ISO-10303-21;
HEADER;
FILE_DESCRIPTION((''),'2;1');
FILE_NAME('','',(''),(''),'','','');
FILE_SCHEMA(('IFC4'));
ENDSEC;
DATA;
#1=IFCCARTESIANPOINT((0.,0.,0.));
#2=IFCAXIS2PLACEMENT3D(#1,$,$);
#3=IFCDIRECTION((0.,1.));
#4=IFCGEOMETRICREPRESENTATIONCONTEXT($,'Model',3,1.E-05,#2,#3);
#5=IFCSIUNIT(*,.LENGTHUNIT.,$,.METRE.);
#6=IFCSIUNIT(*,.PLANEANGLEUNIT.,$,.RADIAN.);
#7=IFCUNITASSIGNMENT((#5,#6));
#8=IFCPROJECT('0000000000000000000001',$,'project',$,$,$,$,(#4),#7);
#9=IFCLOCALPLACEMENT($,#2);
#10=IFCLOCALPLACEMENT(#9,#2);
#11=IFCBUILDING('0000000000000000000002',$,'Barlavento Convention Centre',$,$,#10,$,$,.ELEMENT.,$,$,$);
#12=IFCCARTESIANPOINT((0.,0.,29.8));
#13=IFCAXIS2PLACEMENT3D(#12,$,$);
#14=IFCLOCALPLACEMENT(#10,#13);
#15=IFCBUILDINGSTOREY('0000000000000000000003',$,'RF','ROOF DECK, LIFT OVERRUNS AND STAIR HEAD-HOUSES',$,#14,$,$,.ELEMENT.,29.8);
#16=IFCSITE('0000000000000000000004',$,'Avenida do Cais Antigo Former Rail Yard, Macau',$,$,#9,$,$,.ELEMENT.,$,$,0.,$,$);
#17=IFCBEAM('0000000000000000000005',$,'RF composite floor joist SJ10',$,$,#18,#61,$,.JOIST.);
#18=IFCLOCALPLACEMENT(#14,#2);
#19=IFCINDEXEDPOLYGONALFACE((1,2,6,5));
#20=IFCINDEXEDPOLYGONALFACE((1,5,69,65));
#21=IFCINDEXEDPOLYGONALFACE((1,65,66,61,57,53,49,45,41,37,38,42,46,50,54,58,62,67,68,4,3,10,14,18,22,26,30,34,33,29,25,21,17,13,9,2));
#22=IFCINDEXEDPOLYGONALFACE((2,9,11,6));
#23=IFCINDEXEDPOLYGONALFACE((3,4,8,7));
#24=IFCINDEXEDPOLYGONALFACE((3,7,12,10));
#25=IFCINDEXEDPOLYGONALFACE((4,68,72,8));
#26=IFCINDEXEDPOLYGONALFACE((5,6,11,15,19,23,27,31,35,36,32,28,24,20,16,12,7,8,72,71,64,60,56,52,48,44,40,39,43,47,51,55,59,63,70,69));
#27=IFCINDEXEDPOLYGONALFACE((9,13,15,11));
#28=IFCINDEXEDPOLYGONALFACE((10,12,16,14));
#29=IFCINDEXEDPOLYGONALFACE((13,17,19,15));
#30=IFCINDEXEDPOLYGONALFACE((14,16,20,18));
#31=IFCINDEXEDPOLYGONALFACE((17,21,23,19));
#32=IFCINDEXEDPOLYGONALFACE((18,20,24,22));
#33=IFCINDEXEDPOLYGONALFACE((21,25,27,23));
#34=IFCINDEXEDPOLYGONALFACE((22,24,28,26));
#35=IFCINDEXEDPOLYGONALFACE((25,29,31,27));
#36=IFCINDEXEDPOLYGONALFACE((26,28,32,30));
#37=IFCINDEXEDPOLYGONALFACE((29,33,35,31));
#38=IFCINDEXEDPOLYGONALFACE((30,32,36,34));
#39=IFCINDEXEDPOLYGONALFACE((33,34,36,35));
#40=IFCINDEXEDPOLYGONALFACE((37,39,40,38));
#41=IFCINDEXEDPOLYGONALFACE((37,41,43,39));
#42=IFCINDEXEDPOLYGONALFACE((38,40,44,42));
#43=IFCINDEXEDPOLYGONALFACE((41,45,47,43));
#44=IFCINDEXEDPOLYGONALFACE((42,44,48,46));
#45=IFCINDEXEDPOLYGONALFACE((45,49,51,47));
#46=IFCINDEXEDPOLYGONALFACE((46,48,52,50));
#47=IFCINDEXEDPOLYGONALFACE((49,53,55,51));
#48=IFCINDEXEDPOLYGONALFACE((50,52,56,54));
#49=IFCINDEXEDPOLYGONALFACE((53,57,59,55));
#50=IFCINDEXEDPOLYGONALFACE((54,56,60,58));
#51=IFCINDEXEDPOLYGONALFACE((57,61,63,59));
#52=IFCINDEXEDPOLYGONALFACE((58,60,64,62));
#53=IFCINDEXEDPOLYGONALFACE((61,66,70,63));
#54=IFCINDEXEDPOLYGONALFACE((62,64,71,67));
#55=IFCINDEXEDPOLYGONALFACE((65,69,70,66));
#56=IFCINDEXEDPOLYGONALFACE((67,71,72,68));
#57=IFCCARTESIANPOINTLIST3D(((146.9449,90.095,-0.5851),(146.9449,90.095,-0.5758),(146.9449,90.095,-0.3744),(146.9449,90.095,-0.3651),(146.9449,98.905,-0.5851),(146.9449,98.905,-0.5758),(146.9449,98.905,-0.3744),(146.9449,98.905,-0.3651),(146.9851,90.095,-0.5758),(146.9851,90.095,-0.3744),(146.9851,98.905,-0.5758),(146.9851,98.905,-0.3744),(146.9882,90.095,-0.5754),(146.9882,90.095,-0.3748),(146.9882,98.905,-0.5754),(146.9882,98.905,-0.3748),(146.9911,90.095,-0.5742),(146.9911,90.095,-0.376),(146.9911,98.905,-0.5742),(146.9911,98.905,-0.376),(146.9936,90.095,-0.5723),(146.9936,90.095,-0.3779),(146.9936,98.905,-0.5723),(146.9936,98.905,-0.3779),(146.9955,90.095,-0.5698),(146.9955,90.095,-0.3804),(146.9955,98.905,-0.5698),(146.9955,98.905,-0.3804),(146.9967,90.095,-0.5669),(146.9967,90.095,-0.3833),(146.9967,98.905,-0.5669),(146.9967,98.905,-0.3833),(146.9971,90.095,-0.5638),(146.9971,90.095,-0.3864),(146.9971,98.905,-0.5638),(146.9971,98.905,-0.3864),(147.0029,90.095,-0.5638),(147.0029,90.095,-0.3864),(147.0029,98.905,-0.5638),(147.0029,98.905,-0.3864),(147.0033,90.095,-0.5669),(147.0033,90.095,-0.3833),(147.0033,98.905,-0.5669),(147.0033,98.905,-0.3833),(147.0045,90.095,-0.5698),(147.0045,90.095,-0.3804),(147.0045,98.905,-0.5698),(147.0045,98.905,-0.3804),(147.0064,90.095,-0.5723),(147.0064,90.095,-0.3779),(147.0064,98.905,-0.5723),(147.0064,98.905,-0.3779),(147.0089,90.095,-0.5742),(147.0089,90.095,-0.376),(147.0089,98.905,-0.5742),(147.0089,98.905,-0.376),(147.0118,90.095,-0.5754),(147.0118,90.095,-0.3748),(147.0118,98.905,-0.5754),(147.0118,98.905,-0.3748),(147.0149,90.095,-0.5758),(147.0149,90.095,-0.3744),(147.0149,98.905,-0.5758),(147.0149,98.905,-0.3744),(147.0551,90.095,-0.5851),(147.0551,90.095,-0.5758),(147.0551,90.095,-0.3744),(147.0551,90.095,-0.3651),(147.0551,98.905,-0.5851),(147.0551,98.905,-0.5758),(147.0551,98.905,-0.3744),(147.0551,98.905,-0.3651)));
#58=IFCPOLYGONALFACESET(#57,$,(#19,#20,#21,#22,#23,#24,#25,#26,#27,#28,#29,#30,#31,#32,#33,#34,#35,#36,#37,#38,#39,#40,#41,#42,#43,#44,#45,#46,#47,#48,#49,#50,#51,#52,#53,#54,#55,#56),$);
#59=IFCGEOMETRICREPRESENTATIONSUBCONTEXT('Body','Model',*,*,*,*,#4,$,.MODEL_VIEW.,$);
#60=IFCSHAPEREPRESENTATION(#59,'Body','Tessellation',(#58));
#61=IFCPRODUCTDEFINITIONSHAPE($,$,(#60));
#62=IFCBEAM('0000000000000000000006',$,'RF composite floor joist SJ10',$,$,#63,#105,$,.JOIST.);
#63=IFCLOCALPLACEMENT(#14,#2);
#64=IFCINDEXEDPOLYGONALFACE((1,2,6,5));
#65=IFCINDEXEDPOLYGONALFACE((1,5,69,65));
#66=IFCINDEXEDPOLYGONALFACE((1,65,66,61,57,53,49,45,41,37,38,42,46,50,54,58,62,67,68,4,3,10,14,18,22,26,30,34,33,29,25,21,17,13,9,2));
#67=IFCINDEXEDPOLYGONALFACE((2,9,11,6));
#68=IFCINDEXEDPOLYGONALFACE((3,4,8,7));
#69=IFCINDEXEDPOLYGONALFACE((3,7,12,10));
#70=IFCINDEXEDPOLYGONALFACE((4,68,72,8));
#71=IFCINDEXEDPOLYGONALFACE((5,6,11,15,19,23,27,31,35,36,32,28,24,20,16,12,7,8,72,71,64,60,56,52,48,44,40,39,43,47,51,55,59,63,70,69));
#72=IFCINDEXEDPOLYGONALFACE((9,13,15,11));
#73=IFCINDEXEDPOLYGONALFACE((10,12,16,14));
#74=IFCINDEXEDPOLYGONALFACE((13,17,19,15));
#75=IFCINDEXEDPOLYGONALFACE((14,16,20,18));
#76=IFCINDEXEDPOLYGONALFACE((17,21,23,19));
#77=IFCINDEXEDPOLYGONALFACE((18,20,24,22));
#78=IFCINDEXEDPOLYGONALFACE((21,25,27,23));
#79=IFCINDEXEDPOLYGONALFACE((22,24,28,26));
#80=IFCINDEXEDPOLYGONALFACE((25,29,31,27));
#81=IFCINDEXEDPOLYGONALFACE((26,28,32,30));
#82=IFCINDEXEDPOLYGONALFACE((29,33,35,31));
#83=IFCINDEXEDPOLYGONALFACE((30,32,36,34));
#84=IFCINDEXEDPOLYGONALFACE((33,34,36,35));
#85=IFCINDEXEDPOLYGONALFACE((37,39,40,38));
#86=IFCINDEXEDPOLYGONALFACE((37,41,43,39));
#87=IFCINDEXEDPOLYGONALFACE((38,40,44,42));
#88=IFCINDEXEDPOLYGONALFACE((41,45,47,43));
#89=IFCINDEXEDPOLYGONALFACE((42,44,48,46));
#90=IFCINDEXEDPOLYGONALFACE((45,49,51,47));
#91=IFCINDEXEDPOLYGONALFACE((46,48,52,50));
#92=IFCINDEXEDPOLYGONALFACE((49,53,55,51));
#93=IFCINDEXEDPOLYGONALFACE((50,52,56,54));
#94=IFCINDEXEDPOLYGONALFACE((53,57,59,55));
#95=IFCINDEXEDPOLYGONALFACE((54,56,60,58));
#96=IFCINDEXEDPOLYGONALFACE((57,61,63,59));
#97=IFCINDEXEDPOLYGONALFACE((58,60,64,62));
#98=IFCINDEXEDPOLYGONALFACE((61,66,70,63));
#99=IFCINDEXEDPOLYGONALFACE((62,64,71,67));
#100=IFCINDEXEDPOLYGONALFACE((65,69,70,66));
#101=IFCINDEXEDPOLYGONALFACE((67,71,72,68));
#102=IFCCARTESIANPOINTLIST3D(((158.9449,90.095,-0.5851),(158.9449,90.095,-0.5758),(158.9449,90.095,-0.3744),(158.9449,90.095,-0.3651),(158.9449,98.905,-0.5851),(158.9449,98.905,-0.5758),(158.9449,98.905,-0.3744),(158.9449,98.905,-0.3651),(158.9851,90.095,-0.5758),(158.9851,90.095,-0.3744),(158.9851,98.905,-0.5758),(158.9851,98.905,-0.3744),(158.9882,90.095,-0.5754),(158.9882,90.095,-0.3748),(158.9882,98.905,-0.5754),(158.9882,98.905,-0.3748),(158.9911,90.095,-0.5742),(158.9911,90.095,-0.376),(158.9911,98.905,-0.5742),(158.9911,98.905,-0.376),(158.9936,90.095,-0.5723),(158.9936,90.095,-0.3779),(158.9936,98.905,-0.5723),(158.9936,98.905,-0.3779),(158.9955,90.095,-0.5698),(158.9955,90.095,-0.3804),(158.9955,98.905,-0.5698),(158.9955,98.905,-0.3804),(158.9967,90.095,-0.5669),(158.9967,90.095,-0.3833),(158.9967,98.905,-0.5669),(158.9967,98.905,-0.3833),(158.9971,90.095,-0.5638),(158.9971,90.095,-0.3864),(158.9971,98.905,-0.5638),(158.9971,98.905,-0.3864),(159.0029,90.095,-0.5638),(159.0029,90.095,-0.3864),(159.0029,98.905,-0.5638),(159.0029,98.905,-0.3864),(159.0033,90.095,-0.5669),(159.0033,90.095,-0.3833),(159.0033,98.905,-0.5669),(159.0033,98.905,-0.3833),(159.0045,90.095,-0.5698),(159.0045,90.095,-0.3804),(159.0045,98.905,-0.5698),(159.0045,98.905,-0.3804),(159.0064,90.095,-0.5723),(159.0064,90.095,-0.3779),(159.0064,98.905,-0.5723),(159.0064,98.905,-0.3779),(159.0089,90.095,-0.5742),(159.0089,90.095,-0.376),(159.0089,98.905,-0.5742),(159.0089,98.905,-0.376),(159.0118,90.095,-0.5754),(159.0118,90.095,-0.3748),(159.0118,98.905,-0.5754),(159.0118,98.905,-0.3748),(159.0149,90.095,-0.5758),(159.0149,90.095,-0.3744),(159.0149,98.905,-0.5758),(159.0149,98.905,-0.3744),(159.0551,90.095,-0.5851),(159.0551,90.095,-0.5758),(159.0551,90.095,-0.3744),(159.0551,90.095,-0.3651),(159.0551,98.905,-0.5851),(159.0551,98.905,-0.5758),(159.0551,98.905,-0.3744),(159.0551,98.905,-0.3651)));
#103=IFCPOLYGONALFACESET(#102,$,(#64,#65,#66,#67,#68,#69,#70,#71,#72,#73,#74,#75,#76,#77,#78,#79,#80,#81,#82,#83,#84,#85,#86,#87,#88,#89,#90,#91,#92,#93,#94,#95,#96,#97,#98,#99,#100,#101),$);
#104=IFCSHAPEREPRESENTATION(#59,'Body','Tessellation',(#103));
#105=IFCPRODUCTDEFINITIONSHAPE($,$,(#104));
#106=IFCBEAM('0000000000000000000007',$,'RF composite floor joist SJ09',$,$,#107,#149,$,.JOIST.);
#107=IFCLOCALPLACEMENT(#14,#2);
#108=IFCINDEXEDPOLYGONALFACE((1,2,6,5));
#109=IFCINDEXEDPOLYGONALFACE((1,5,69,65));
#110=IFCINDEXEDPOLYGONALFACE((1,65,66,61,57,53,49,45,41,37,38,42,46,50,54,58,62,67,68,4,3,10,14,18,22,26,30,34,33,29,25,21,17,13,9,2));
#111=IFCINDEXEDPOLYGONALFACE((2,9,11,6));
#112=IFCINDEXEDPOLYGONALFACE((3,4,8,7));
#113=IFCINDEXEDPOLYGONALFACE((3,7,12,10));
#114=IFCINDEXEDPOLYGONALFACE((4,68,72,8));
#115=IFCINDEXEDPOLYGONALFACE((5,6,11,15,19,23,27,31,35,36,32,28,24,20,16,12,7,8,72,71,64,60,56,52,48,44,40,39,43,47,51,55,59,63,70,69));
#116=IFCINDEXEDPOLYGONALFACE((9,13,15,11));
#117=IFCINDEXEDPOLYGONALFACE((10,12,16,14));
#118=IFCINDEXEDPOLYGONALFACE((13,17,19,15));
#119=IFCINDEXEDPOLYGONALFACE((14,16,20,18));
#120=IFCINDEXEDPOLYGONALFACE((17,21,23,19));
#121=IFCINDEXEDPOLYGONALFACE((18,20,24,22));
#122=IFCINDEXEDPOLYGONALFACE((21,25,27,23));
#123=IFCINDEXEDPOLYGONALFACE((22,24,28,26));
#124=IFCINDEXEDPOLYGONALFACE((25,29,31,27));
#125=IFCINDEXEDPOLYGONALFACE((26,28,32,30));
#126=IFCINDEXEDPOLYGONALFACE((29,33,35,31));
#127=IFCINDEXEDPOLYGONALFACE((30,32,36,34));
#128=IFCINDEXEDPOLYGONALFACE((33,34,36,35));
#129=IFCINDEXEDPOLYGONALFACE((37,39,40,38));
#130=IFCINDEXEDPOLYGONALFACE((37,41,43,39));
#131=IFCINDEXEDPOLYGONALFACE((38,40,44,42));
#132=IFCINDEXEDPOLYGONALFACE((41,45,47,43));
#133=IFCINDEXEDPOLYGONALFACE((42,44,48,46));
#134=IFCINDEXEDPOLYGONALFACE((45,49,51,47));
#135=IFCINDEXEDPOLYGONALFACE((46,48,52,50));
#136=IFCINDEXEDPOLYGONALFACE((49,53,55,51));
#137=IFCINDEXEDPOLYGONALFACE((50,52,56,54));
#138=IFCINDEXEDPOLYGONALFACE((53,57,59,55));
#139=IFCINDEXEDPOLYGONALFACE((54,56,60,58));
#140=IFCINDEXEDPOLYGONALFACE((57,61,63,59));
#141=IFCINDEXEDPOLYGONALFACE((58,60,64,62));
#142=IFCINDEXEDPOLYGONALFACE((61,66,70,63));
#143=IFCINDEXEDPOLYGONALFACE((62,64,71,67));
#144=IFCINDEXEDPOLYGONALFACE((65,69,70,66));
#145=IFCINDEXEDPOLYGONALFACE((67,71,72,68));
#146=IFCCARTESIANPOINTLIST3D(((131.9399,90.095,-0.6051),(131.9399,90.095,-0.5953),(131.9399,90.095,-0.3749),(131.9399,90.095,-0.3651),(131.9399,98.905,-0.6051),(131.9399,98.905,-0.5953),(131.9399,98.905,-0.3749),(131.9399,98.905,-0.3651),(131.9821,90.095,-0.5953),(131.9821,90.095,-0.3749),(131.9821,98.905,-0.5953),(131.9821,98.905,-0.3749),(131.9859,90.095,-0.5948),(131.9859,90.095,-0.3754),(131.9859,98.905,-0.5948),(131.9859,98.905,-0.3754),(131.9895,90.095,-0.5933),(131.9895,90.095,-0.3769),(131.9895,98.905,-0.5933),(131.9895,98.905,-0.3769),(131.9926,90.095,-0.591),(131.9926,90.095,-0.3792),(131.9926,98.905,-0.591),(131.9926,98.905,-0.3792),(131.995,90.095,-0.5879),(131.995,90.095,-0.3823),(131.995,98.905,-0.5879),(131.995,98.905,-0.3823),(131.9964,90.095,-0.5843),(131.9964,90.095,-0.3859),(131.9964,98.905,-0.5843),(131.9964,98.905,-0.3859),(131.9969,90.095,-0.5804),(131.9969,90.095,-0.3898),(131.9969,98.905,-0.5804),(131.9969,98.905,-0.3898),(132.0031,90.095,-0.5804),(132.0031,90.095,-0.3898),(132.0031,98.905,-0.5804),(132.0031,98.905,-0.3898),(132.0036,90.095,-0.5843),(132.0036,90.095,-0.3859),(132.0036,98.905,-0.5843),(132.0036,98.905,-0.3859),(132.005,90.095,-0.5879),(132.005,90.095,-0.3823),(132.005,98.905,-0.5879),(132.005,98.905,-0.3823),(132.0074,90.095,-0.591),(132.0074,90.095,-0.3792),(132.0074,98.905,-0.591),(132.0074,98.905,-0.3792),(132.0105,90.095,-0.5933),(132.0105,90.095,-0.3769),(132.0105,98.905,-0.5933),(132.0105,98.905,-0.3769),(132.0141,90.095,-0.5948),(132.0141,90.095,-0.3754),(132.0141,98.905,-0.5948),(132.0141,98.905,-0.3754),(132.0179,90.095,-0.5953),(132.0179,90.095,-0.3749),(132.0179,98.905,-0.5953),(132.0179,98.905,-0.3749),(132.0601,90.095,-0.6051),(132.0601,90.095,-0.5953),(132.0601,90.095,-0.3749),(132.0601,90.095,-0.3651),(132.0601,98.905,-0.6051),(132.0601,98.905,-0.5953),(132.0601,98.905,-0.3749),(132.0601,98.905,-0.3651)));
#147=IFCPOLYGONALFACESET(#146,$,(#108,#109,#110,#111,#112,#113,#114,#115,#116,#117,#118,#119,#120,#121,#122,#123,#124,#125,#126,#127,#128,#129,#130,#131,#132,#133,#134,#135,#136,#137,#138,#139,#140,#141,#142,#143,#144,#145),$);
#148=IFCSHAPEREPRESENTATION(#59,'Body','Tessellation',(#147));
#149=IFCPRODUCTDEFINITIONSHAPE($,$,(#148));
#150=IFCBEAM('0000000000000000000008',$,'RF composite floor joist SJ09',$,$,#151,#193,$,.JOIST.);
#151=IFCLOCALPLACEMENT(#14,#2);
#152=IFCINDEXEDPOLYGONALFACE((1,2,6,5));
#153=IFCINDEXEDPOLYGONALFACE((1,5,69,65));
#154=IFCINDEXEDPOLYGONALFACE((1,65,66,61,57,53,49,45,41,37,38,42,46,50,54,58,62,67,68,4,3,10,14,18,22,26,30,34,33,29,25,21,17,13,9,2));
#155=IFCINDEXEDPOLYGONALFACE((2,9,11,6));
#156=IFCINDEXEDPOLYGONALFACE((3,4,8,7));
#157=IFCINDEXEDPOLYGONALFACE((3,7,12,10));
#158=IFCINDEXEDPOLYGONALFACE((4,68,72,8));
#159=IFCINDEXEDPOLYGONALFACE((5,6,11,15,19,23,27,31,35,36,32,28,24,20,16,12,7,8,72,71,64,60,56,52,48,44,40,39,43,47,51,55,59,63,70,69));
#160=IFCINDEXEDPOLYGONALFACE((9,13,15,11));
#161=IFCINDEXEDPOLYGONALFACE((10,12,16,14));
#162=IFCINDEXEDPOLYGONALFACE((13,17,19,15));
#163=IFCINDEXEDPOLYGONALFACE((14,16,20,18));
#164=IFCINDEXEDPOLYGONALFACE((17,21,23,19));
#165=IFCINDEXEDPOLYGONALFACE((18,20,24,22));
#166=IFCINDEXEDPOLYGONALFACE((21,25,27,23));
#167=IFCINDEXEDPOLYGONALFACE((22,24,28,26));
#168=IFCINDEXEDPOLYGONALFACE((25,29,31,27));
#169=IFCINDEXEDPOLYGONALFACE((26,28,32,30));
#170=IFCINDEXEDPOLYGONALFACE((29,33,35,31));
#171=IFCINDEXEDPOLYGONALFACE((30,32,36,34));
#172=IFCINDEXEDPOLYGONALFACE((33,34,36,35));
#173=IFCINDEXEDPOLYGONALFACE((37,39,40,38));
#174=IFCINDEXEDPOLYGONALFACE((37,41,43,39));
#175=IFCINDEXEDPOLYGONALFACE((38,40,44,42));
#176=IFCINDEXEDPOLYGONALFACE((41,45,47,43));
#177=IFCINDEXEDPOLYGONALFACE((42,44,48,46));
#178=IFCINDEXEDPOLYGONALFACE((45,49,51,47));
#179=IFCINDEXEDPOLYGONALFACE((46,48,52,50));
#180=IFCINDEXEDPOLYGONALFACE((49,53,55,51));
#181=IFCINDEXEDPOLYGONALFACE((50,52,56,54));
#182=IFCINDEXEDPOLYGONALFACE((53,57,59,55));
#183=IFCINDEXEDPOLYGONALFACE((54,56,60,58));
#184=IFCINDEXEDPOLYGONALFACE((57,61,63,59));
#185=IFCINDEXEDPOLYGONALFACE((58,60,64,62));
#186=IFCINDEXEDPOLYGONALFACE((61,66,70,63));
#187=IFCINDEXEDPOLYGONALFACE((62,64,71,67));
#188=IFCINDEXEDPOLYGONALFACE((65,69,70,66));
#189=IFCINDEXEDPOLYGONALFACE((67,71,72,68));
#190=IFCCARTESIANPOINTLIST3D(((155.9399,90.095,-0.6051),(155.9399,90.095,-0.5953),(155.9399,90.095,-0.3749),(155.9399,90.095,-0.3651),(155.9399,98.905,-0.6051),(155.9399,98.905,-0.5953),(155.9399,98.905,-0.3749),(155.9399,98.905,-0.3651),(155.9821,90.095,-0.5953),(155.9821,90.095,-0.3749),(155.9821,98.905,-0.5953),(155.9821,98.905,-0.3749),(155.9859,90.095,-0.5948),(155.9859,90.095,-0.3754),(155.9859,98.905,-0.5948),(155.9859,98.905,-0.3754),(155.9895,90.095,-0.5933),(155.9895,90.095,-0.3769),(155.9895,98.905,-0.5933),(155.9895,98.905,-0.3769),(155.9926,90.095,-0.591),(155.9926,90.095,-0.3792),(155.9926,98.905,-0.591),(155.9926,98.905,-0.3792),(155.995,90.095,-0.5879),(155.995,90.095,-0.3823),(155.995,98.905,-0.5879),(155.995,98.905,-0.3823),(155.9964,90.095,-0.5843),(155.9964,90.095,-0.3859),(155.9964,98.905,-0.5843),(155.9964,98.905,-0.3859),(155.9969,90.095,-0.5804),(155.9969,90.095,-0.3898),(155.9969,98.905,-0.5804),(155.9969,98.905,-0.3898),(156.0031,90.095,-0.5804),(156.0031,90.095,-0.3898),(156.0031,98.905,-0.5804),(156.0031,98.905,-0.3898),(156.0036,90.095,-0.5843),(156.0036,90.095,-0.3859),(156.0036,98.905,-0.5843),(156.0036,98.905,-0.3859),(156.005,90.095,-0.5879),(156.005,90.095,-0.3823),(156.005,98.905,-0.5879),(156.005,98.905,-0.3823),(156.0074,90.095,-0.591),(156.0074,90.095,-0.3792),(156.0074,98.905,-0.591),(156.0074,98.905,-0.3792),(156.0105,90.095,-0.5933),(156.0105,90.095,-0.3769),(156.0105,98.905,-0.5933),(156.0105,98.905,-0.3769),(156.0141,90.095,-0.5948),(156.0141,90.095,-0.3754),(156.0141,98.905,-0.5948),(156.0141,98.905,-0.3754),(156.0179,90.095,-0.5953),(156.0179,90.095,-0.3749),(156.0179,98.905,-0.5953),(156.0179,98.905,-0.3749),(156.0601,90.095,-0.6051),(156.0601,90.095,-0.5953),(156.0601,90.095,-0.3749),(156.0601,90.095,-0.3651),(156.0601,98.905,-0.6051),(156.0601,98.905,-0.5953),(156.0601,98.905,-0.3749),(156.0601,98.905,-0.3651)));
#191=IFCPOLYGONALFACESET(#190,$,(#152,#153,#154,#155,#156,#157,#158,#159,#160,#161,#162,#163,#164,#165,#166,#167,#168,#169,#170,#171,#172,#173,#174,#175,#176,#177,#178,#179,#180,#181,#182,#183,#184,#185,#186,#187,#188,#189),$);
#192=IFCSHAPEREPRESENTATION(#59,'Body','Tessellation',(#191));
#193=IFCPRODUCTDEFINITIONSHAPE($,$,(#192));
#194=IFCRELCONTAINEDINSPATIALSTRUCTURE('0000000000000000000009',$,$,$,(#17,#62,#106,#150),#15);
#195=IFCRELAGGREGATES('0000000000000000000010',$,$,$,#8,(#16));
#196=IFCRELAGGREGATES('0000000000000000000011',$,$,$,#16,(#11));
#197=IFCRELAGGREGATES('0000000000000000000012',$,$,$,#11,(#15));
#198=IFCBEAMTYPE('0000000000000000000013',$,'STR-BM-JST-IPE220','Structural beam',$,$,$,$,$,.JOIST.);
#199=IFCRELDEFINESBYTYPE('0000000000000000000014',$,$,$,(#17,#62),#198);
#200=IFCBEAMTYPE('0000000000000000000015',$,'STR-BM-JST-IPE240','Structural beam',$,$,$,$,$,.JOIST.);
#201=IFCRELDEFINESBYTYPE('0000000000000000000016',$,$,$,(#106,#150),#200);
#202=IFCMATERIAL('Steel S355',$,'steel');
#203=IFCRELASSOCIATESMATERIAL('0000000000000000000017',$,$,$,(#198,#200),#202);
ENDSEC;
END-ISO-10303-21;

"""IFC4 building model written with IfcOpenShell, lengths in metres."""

from ifc_helpers import new_model, si_unit, direction, frame, origin, origin_2d, place, context, subcontext, project, spatial, i_section, extrude, material, material_profile, profile_set, type_object, element, save


model = new_model("IFC4")

# Units and contexts
model_context = context("Model", 3, precision=1e-05, world=origin(), true_north=direction((0.0, 1.0)))
body_context = subcontext(model_context, "Body", "Model", "MODEL_VIEW")
ifc_project = project(units=[si_unit("LENGTHUNIT", "METRE"), si_unit("PLANEANGLEUNIT", "RADIAN")], contexts=[model_context])

# Site, building, storey
site_placement = place(None, origin())
site = spatial("IfcSite", under=ifc_project, at=site_placement, Name="Avenida do Cais Antigo Former Rail Yard, Macau", CompositionType="ELEMENT", RefElevation=0.0)
building_placement = place(site_placement, origin())
building = spatial("IfcBuilding", under=site, at=building_placement, Name="Barlavento Convention Centre", CompositionType="ELEMENT")
storey_placement = place(building_placement, frame((0.0, 0.0, 29.8)))
storey = spatial("IfcBuildingStorey", under=building, at=storey_placement, Name="RF", Description="ROOF DECK, LIFT OVERRUNS AND STAIR HEAD-HOUSES", CompositionType="ELEMENT", Elevation=29.8)

# Beams
ifc_material_1 = material(Name="Steel S355", Category="steel")
ifc_material_profile_1 = material_profile(ifc_material_1, i_section(OverallWidth=0.1101, OverallDepth=0.22, WebThickness=0.0059, FlangeThickness=0.0093, FilletRadius=0.012, at=origin_2d()), Name="IPE 220")
ifc_profile_set_1 = profile_set([ifc_material_profile_1], Name="Steel S355")
beam_type_1 = type_object("IfcBeamType", Name="STR-BM-JST-IPE220", Description="Structural beam", PredefinedType="JOIST", material=ifc_profile_set_1)
for number, where, z_axis, x_axis, name in (
    (1, (147.0, 90.095, -0.4751), (0.0, 1.0, 0.0), (-1.0, 0.0, 0.0), "RF composite floor joist SJ10"),
    (2, (159.0, 90.095, -0.4751), (0.0, 1.0, 0.0), (-1.0, 0.0, 0.0), "RF composite floor joist SJ10"),
):
    element("IfcBeam", number, at=place(storey_placement, frame(where, z_axis=z_axis, x_axis=x_axis)), inside=storey, type_object=beam_type_1, Name=name, PredefinedType="JOIST", context=body_context, shape_type="SweptSolid", body=[
        extrude(i_section(OverallWidth=0.1101, OverallDepth=0.22, WebThickness=0.0059, FlangeThickness=0.0093, FilletRadius=0.012, at=origin_2d()), origin(), (0.0, 0.0, 1.0), 8.8101),
    ])
ifc_material_profile_2 = material_profile(ifc_material_1, i_section(OverallWidth=0.1201, OverallDepth=0.24, WebThickness=0.0061, FlangeThickness=0.0098, FilletRadius=0.0149, at=origin_2d()), Name="IPE 240")
ifc_profile_set_2 = profile_set([ifc_material_profile_2], Name="Steel S355")
beam_type_2 = type_object("IfcBeamType", Name="STR-BM-JST-IPE240", Description="Structural beam", PredefinedType="JOIST", material=ifc_profile_set_2)
for number, where, z_axis, x_axis, name in (
    (3, (132.0, 90.095, -0.4851), (0.0, 1.0, 0.0), (-1.0, 0.0, 0.0), "RF composite floor joist SJ09"),
    (4, (156.0, 90.095, -0.4851), (0.0, 1.0, 0.0), (-1.0, 0.0, 0.0), "RF composite floor joist SJ09"),
):
    element("IfcBeam", number, at=place(storey_placement, frame(where, z_axis=z_axis, x_axis=x_axis)), inside=storey, type_object=beam_type_2, Name=name, PredefinedType="JOIST", context=body_context, shape_type="SweptSolid", body=[
        extrude(i_section(OverallWidth=0.1201, OverallDepth=0.24, WebThickness=0.0061, FlangeThickness=0.0098, FilletRadius=0.0149, at=origin_2d()), origin(), (0.0, 0.0, 1.0), 8.8101),
    ])

save(model, "model.ifc")
